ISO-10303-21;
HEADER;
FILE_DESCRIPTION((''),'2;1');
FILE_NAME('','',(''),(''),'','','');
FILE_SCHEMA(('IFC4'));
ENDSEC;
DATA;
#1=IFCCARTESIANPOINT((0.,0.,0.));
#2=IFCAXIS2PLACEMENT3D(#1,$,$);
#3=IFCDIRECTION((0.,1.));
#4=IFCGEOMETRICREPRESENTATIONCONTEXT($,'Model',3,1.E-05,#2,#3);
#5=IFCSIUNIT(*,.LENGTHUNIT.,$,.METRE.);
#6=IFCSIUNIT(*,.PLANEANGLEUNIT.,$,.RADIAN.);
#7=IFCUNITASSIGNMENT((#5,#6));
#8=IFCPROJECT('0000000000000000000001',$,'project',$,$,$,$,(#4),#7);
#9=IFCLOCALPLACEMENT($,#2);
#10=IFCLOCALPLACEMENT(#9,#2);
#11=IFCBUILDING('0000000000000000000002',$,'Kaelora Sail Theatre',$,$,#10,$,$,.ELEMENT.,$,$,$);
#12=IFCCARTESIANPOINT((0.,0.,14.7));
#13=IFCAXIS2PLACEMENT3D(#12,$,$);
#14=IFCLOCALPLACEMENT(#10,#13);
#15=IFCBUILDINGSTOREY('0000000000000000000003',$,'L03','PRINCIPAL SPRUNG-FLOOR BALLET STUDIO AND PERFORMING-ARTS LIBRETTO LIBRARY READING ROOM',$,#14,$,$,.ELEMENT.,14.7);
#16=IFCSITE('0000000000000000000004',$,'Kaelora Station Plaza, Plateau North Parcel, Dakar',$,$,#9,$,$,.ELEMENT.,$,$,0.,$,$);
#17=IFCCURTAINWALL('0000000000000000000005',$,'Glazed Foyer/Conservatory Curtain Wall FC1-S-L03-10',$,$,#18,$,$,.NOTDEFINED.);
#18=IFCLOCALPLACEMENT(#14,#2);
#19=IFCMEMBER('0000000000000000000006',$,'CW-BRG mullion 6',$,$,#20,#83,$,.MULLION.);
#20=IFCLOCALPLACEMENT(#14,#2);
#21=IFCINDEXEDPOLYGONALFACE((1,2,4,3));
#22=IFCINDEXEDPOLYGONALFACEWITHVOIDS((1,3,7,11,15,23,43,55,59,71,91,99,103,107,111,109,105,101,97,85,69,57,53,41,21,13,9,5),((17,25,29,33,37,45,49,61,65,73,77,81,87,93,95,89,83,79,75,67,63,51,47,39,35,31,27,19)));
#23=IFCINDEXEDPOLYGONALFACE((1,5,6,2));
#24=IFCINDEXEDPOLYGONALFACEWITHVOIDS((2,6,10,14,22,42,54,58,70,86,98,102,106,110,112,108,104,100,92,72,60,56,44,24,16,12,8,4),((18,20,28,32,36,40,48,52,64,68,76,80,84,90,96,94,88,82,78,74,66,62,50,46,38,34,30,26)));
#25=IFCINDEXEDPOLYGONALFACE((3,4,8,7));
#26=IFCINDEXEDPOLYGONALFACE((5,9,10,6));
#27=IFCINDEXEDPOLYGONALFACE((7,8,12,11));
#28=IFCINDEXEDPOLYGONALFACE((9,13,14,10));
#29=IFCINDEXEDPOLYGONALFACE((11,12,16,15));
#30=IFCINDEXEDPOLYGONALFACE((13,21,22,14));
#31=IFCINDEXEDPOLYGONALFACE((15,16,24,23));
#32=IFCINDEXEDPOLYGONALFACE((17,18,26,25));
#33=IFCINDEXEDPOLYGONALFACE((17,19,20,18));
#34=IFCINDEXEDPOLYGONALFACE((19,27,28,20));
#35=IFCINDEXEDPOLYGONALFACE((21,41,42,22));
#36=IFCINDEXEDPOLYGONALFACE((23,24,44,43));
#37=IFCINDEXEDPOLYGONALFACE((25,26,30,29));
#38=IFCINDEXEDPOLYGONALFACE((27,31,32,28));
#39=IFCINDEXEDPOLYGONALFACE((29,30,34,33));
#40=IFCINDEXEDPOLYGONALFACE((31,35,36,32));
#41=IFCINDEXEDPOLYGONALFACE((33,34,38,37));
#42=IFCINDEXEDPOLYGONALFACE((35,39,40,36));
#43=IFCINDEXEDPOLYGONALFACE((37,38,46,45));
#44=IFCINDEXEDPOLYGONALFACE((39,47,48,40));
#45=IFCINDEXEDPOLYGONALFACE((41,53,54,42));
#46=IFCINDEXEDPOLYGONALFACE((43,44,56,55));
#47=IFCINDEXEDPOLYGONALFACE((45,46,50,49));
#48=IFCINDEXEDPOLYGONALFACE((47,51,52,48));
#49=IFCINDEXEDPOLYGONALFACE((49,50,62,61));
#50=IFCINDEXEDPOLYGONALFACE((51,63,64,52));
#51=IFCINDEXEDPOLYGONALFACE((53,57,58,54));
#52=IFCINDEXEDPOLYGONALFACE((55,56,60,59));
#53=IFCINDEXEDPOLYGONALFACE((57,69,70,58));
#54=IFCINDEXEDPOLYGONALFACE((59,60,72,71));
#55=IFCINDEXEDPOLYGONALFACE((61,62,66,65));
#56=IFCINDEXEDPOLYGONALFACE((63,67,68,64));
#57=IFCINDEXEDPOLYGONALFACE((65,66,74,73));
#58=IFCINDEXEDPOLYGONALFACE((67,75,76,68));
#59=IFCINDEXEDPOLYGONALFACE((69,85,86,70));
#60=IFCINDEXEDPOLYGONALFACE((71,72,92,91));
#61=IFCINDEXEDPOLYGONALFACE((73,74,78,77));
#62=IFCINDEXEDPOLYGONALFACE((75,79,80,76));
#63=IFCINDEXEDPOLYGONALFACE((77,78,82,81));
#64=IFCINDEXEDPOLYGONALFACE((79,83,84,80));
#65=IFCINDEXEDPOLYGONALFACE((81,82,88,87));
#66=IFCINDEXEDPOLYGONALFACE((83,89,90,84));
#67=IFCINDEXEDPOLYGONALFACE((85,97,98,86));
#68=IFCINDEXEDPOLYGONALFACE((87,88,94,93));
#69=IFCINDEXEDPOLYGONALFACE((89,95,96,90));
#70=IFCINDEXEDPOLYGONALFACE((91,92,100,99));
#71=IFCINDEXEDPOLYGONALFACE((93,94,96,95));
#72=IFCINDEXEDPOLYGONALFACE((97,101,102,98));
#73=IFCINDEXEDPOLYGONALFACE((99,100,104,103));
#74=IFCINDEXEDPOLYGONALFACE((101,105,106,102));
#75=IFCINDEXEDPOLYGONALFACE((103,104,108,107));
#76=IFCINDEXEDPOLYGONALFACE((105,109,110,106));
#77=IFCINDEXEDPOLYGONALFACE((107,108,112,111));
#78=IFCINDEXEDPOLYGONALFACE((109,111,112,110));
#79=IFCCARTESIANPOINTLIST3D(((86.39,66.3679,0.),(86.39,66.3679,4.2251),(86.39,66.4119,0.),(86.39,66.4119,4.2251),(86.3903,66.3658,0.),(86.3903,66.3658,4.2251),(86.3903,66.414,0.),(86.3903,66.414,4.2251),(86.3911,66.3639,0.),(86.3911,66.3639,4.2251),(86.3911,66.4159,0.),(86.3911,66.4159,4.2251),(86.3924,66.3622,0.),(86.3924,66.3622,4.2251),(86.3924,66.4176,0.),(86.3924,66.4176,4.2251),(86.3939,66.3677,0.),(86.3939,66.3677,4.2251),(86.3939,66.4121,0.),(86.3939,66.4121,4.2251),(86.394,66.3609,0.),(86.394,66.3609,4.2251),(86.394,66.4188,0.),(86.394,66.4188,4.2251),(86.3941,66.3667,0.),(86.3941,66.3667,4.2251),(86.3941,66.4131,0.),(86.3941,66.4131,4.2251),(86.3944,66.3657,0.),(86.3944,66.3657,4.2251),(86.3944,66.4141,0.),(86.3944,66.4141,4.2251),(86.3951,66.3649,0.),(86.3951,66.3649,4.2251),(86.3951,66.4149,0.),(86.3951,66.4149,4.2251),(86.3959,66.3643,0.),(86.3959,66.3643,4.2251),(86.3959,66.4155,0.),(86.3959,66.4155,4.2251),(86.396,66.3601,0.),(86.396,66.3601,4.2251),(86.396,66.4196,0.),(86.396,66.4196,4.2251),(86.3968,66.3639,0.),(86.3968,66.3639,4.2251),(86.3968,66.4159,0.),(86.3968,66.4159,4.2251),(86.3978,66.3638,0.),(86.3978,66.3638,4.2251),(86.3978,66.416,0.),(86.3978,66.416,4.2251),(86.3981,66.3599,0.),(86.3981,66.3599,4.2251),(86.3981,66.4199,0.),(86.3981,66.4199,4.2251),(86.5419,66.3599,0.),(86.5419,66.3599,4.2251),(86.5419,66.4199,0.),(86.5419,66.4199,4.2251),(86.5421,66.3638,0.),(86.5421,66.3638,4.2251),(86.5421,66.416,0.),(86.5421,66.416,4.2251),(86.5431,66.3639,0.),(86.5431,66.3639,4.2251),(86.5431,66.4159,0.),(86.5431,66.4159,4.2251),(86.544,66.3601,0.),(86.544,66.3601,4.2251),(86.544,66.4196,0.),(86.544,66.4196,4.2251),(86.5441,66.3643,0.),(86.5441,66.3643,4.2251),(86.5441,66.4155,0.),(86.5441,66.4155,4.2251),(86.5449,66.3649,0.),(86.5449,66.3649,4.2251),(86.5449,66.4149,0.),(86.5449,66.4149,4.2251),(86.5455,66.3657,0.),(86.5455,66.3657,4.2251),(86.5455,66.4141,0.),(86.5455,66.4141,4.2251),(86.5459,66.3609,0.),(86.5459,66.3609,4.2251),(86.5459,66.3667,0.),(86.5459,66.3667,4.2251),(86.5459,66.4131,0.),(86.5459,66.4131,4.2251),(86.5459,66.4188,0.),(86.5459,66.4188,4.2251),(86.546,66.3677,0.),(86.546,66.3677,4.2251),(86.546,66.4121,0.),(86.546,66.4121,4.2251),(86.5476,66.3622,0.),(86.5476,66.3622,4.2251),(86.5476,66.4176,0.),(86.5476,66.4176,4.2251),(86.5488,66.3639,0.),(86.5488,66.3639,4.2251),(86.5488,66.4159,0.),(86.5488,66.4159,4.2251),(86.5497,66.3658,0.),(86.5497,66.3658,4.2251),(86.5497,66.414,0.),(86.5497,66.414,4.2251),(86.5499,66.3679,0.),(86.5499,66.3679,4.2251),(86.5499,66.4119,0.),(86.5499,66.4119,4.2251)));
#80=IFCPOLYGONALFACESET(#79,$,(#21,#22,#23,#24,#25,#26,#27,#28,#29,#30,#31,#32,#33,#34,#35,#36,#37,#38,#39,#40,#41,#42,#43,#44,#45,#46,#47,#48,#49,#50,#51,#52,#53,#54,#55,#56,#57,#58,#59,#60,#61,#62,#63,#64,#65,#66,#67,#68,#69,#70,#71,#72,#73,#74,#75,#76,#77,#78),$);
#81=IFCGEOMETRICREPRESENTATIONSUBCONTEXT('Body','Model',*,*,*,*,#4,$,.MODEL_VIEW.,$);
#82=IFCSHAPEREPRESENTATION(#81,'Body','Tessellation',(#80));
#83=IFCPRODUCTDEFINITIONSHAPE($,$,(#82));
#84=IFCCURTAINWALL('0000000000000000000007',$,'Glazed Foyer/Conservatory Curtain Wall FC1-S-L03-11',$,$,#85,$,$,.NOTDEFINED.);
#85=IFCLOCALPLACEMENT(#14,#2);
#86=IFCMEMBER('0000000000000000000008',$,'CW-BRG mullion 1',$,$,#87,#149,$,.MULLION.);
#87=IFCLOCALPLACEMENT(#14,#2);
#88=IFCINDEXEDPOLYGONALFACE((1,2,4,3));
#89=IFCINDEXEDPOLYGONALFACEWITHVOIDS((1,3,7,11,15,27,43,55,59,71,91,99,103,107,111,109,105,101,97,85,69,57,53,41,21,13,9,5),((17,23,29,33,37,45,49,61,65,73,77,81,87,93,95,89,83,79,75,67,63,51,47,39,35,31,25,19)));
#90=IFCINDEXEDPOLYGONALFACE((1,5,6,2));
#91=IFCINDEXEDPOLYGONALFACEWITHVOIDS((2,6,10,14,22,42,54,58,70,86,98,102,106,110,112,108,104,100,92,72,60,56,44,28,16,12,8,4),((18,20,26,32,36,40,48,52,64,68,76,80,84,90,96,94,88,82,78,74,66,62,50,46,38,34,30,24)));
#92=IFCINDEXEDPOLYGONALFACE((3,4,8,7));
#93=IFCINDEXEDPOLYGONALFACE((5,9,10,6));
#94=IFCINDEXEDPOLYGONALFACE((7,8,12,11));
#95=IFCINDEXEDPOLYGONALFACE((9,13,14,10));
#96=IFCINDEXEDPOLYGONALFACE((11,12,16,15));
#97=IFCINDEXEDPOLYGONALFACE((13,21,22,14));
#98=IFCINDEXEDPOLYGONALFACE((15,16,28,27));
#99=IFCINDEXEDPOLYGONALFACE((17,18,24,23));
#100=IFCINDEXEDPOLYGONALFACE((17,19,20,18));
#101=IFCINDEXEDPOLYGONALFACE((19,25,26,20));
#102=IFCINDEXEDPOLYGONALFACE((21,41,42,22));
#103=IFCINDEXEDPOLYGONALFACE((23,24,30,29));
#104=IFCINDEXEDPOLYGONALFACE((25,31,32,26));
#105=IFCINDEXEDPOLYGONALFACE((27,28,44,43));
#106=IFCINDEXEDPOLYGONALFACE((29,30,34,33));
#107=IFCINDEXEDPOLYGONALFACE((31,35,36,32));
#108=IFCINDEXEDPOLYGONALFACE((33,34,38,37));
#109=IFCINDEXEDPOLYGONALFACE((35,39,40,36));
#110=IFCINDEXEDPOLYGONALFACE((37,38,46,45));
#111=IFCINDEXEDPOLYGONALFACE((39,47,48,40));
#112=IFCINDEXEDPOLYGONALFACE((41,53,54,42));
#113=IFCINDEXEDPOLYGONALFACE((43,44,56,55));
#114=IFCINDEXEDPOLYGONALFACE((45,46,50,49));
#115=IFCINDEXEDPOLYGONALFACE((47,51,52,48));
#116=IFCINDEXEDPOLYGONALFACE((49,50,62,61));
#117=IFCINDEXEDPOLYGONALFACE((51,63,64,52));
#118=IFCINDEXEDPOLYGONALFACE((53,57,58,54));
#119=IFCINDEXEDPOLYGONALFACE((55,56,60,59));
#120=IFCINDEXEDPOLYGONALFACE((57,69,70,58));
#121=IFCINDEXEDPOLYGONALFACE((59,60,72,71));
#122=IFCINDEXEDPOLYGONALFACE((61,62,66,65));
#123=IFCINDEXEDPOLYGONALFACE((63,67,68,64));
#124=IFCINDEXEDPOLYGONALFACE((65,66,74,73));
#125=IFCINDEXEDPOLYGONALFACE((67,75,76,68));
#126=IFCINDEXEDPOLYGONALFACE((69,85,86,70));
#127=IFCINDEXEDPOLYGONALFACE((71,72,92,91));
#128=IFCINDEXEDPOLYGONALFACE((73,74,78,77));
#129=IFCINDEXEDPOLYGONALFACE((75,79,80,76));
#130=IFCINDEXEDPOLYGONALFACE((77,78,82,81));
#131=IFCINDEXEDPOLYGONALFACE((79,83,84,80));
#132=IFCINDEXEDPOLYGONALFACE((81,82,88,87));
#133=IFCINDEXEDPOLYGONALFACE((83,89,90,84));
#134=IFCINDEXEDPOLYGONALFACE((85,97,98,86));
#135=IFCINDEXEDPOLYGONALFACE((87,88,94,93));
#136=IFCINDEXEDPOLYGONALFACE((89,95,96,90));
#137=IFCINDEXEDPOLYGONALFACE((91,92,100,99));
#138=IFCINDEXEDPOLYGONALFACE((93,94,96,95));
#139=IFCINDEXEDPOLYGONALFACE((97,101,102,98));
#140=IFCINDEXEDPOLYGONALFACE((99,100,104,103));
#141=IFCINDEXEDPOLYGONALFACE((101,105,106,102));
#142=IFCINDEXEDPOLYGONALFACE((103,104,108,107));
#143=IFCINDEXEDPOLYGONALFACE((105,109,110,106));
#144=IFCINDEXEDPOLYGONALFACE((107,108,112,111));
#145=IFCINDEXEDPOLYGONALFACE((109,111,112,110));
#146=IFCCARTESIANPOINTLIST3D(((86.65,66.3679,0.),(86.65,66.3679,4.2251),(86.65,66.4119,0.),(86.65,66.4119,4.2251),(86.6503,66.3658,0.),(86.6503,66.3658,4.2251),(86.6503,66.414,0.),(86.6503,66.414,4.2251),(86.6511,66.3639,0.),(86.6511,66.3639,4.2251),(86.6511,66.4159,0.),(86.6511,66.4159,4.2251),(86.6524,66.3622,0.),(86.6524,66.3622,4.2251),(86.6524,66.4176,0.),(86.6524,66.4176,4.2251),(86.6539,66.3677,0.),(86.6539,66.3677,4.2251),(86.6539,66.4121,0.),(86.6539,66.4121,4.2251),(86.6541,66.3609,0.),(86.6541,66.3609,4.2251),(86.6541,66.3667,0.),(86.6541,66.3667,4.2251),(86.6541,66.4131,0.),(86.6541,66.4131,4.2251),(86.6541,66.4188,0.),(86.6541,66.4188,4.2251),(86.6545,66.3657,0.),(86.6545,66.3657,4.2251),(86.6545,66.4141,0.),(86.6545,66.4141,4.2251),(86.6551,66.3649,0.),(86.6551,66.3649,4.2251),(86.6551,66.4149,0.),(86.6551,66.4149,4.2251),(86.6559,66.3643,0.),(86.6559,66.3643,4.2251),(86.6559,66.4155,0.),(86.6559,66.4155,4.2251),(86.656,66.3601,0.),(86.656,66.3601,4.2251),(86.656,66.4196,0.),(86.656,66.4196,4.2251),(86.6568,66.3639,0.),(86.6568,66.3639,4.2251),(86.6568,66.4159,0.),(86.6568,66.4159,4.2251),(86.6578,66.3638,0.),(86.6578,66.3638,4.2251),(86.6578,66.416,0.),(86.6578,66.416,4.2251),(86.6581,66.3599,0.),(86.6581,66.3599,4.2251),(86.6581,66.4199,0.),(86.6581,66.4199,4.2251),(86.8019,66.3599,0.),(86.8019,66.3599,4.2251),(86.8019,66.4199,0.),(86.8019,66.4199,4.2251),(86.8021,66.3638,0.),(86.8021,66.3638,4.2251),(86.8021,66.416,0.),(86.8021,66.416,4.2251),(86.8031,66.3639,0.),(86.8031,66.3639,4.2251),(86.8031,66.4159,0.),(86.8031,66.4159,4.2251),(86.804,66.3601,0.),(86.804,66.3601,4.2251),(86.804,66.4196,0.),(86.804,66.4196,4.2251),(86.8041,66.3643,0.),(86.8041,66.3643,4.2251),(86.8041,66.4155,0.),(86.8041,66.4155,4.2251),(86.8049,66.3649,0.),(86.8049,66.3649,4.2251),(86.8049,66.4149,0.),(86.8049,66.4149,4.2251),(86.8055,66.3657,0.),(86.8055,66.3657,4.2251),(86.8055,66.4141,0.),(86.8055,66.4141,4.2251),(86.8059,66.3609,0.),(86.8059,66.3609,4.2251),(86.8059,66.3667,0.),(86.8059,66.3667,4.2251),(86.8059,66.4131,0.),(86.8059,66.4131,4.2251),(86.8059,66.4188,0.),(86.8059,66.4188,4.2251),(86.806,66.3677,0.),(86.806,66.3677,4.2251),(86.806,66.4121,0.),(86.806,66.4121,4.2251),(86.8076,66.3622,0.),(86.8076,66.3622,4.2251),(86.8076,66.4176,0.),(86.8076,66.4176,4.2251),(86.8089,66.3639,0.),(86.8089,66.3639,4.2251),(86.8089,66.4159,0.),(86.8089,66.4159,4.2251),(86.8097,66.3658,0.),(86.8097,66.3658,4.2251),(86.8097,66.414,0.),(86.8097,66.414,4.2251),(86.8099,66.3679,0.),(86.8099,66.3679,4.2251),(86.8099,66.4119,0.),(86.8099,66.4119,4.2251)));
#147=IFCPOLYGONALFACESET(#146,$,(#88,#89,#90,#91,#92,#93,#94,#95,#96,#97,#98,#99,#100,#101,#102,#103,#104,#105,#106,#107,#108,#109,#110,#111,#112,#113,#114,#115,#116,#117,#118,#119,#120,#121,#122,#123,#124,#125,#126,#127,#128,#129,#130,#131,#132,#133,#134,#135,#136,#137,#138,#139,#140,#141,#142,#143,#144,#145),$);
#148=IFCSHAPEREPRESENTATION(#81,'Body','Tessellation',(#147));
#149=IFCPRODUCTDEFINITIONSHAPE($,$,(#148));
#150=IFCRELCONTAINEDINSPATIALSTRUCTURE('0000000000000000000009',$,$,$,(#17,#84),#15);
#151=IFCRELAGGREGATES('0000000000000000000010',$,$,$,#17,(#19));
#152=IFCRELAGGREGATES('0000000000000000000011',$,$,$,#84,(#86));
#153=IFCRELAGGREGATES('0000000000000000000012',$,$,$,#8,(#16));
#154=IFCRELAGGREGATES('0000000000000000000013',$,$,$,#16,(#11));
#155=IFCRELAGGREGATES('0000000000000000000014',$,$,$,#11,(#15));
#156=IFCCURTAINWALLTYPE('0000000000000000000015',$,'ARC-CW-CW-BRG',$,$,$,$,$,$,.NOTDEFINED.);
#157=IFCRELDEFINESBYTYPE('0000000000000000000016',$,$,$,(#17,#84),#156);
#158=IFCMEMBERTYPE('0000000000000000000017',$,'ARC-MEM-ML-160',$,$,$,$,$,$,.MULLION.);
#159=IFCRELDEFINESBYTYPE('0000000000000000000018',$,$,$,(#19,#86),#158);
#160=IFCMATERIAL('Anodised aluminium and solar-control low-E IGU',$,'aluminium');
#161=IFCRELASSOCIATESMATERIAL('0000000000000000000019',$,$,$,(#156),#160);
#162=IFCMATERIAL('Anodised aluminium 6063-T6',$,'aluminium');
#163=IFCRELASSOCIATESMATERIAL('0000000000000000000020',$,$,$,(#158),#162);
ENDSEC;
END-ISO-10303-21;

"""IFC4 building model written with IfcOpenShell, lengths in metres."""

from ifc_helpers import new_model, si_unit, direction, frame, origin, origin_2d, place, context, subcontext, project, spatial, hollow_rectangle, extrude, material, material_profile, profile_set, type_object, element, aggregate, save


model = new_model("IFC4")

# Units and contexts
model_context = context("Model", 3, precision=1e-05, world=origin(), true_north=direction((0.0, 1.0)))
body_context = subcontext(model_context, "Body", "Model", "MODEL_VIEW")
ifc_project = project(units=[si_unit("LENGTHUNIT", "METRE"), si_unit("PLANEANGLEUNIT", "RADIAN")], contexts=[model_context])

# Site, building, storey
site_placement = place(None, origin())
site = spatial("IfcSite", under=ifc_project, at=site_placement, Name="Kaelora Station Plaza, Plateau North Parcel, Dakar", CompositionType="ELEMENT", RefElevation=0.0)
building_placement = place(site_placement, origin())
building = spatial("IfcBuilding", under=site, at=building_placement, Name="Kaelora Sail Theatre", CompositionType="ELEMENT")
storey_placement = place(building_placement, frame((0.0, 0.0, 14.7)))
storey = spatial("IfcBuildingStorey", under=building, at=storey_placement, Name="L03", Description="PRINCIPAL SPRUNG-FLOOR BALLET STUDIO AND PERFORMING-ARTS LIBRETTO LIBRARY READING ROOM", CompositionType="ELEMENT", Elevation=14.7)

# Curtain wall, member
ifc_material_1 = material(Name="Anodised aluminium and solar-control low-E IGU", Category="aluminium")
curtain_wall_type = type_object("IfcCurtainWallType", Name="ARC-CW-CW-BRG", PredefinedType="NOTDEFINED", material=ifc_material_1)
curtain_wall_1_placement = place(storey_placement, origin())
curtain_wall_1 = element("IfcCurtainWall", 1, at=curtain_wall_1_placement, inside=storey, type_object=curtain_wall_type, Name="Glazed Foyer/Conservatory Curtain Wall FC1-S-L03-10", PredefinedType="NOTDEFINED")
ifc_material_2 = material(Name="Anodised aluminium 6063-T6", Category="aluminium")
ifc_material_profile_1 = material_profile(ifc_material_2, hollow_rectangle(XDim=0.0601, YDim=0.1599, WallThickness=0.0039, InnerFilletRadius=0.0039, OuterFilletRadius=0.0081, at=origin_2d()), Name="ALU-MULL 60x160x4")
ifc_profile_set_1 = profile_set([ifc_material_profile_1], Name="Anodised aluminium 6063-T6")
member_type_1 = type_object("IfcMemberType", Name="ARC-MEM-ML-160", PredefinedType="MULLION", material=ifc_profile_set_1)
member_1_placement = place(storey_placement, frame((86.47, 66.3899, 0.0), z_axis=(0.0, 0.0, 1.0), x_axis=(0.0, 1.0, 0.0)))
member_1 = element("IfcMember", 2, at=member_1_placement, type_object=member_type_1, Name="CW-BRG mullion 6", PredefinedType="MULLION", context=body_context, shape_type="SweptSolid", body=[
    extrude(hollow_rectangle(XDim=0.0601, YDim=0.1599, WallThickness=0.0039, InnerFilletRadius=0.0039, OuterFilletRadius=0.0081, at=origin_2d()), origin(), (0.0, 0.0, 1.0), 4.2251),
])

# Curtain wall, member
curtain_wall_2_placement = place(storey_placement, origin())
curtain_wall_2 = element("IfcCurtainWall", 3, at=curtain_wall_2_placement, inside=storey, type_object=curtain_wall_type, Name="Glazed Foyer/Conservatory Curtain Wall FC1-S-L03-11", PredefinedType="NOTDEFINED")
member_2_placement = place(storey_placement, frame((86.73, 66.3899, 0.0), z_axis=(0.0, 0.0, 1.0), x_axis=(0.0, 1.0, 0.0)))
member_2 = element("IfcMember", 4, at=member_2_placement, type_object=member_type_1, Name="CW-BRG mullion 1", PredefinedType="MULLION", context=body_context, shape_type="SweptSolid", body=[
    extrude(hollow_rectangle(XDim=0.0601, YDim=0.1599, WallThickness=0.0039, InnerFilletRadius=0.0039, OuterFilletRadius=0.0081, at=origin_2d()), origin(), (0.0, 0.0, 1.0), 4.2251),
])

aggregate(curtain_wall_1, [member_1])
aggregate(curtain_wall_2, [member_2])

save(model, "model.ifc")
